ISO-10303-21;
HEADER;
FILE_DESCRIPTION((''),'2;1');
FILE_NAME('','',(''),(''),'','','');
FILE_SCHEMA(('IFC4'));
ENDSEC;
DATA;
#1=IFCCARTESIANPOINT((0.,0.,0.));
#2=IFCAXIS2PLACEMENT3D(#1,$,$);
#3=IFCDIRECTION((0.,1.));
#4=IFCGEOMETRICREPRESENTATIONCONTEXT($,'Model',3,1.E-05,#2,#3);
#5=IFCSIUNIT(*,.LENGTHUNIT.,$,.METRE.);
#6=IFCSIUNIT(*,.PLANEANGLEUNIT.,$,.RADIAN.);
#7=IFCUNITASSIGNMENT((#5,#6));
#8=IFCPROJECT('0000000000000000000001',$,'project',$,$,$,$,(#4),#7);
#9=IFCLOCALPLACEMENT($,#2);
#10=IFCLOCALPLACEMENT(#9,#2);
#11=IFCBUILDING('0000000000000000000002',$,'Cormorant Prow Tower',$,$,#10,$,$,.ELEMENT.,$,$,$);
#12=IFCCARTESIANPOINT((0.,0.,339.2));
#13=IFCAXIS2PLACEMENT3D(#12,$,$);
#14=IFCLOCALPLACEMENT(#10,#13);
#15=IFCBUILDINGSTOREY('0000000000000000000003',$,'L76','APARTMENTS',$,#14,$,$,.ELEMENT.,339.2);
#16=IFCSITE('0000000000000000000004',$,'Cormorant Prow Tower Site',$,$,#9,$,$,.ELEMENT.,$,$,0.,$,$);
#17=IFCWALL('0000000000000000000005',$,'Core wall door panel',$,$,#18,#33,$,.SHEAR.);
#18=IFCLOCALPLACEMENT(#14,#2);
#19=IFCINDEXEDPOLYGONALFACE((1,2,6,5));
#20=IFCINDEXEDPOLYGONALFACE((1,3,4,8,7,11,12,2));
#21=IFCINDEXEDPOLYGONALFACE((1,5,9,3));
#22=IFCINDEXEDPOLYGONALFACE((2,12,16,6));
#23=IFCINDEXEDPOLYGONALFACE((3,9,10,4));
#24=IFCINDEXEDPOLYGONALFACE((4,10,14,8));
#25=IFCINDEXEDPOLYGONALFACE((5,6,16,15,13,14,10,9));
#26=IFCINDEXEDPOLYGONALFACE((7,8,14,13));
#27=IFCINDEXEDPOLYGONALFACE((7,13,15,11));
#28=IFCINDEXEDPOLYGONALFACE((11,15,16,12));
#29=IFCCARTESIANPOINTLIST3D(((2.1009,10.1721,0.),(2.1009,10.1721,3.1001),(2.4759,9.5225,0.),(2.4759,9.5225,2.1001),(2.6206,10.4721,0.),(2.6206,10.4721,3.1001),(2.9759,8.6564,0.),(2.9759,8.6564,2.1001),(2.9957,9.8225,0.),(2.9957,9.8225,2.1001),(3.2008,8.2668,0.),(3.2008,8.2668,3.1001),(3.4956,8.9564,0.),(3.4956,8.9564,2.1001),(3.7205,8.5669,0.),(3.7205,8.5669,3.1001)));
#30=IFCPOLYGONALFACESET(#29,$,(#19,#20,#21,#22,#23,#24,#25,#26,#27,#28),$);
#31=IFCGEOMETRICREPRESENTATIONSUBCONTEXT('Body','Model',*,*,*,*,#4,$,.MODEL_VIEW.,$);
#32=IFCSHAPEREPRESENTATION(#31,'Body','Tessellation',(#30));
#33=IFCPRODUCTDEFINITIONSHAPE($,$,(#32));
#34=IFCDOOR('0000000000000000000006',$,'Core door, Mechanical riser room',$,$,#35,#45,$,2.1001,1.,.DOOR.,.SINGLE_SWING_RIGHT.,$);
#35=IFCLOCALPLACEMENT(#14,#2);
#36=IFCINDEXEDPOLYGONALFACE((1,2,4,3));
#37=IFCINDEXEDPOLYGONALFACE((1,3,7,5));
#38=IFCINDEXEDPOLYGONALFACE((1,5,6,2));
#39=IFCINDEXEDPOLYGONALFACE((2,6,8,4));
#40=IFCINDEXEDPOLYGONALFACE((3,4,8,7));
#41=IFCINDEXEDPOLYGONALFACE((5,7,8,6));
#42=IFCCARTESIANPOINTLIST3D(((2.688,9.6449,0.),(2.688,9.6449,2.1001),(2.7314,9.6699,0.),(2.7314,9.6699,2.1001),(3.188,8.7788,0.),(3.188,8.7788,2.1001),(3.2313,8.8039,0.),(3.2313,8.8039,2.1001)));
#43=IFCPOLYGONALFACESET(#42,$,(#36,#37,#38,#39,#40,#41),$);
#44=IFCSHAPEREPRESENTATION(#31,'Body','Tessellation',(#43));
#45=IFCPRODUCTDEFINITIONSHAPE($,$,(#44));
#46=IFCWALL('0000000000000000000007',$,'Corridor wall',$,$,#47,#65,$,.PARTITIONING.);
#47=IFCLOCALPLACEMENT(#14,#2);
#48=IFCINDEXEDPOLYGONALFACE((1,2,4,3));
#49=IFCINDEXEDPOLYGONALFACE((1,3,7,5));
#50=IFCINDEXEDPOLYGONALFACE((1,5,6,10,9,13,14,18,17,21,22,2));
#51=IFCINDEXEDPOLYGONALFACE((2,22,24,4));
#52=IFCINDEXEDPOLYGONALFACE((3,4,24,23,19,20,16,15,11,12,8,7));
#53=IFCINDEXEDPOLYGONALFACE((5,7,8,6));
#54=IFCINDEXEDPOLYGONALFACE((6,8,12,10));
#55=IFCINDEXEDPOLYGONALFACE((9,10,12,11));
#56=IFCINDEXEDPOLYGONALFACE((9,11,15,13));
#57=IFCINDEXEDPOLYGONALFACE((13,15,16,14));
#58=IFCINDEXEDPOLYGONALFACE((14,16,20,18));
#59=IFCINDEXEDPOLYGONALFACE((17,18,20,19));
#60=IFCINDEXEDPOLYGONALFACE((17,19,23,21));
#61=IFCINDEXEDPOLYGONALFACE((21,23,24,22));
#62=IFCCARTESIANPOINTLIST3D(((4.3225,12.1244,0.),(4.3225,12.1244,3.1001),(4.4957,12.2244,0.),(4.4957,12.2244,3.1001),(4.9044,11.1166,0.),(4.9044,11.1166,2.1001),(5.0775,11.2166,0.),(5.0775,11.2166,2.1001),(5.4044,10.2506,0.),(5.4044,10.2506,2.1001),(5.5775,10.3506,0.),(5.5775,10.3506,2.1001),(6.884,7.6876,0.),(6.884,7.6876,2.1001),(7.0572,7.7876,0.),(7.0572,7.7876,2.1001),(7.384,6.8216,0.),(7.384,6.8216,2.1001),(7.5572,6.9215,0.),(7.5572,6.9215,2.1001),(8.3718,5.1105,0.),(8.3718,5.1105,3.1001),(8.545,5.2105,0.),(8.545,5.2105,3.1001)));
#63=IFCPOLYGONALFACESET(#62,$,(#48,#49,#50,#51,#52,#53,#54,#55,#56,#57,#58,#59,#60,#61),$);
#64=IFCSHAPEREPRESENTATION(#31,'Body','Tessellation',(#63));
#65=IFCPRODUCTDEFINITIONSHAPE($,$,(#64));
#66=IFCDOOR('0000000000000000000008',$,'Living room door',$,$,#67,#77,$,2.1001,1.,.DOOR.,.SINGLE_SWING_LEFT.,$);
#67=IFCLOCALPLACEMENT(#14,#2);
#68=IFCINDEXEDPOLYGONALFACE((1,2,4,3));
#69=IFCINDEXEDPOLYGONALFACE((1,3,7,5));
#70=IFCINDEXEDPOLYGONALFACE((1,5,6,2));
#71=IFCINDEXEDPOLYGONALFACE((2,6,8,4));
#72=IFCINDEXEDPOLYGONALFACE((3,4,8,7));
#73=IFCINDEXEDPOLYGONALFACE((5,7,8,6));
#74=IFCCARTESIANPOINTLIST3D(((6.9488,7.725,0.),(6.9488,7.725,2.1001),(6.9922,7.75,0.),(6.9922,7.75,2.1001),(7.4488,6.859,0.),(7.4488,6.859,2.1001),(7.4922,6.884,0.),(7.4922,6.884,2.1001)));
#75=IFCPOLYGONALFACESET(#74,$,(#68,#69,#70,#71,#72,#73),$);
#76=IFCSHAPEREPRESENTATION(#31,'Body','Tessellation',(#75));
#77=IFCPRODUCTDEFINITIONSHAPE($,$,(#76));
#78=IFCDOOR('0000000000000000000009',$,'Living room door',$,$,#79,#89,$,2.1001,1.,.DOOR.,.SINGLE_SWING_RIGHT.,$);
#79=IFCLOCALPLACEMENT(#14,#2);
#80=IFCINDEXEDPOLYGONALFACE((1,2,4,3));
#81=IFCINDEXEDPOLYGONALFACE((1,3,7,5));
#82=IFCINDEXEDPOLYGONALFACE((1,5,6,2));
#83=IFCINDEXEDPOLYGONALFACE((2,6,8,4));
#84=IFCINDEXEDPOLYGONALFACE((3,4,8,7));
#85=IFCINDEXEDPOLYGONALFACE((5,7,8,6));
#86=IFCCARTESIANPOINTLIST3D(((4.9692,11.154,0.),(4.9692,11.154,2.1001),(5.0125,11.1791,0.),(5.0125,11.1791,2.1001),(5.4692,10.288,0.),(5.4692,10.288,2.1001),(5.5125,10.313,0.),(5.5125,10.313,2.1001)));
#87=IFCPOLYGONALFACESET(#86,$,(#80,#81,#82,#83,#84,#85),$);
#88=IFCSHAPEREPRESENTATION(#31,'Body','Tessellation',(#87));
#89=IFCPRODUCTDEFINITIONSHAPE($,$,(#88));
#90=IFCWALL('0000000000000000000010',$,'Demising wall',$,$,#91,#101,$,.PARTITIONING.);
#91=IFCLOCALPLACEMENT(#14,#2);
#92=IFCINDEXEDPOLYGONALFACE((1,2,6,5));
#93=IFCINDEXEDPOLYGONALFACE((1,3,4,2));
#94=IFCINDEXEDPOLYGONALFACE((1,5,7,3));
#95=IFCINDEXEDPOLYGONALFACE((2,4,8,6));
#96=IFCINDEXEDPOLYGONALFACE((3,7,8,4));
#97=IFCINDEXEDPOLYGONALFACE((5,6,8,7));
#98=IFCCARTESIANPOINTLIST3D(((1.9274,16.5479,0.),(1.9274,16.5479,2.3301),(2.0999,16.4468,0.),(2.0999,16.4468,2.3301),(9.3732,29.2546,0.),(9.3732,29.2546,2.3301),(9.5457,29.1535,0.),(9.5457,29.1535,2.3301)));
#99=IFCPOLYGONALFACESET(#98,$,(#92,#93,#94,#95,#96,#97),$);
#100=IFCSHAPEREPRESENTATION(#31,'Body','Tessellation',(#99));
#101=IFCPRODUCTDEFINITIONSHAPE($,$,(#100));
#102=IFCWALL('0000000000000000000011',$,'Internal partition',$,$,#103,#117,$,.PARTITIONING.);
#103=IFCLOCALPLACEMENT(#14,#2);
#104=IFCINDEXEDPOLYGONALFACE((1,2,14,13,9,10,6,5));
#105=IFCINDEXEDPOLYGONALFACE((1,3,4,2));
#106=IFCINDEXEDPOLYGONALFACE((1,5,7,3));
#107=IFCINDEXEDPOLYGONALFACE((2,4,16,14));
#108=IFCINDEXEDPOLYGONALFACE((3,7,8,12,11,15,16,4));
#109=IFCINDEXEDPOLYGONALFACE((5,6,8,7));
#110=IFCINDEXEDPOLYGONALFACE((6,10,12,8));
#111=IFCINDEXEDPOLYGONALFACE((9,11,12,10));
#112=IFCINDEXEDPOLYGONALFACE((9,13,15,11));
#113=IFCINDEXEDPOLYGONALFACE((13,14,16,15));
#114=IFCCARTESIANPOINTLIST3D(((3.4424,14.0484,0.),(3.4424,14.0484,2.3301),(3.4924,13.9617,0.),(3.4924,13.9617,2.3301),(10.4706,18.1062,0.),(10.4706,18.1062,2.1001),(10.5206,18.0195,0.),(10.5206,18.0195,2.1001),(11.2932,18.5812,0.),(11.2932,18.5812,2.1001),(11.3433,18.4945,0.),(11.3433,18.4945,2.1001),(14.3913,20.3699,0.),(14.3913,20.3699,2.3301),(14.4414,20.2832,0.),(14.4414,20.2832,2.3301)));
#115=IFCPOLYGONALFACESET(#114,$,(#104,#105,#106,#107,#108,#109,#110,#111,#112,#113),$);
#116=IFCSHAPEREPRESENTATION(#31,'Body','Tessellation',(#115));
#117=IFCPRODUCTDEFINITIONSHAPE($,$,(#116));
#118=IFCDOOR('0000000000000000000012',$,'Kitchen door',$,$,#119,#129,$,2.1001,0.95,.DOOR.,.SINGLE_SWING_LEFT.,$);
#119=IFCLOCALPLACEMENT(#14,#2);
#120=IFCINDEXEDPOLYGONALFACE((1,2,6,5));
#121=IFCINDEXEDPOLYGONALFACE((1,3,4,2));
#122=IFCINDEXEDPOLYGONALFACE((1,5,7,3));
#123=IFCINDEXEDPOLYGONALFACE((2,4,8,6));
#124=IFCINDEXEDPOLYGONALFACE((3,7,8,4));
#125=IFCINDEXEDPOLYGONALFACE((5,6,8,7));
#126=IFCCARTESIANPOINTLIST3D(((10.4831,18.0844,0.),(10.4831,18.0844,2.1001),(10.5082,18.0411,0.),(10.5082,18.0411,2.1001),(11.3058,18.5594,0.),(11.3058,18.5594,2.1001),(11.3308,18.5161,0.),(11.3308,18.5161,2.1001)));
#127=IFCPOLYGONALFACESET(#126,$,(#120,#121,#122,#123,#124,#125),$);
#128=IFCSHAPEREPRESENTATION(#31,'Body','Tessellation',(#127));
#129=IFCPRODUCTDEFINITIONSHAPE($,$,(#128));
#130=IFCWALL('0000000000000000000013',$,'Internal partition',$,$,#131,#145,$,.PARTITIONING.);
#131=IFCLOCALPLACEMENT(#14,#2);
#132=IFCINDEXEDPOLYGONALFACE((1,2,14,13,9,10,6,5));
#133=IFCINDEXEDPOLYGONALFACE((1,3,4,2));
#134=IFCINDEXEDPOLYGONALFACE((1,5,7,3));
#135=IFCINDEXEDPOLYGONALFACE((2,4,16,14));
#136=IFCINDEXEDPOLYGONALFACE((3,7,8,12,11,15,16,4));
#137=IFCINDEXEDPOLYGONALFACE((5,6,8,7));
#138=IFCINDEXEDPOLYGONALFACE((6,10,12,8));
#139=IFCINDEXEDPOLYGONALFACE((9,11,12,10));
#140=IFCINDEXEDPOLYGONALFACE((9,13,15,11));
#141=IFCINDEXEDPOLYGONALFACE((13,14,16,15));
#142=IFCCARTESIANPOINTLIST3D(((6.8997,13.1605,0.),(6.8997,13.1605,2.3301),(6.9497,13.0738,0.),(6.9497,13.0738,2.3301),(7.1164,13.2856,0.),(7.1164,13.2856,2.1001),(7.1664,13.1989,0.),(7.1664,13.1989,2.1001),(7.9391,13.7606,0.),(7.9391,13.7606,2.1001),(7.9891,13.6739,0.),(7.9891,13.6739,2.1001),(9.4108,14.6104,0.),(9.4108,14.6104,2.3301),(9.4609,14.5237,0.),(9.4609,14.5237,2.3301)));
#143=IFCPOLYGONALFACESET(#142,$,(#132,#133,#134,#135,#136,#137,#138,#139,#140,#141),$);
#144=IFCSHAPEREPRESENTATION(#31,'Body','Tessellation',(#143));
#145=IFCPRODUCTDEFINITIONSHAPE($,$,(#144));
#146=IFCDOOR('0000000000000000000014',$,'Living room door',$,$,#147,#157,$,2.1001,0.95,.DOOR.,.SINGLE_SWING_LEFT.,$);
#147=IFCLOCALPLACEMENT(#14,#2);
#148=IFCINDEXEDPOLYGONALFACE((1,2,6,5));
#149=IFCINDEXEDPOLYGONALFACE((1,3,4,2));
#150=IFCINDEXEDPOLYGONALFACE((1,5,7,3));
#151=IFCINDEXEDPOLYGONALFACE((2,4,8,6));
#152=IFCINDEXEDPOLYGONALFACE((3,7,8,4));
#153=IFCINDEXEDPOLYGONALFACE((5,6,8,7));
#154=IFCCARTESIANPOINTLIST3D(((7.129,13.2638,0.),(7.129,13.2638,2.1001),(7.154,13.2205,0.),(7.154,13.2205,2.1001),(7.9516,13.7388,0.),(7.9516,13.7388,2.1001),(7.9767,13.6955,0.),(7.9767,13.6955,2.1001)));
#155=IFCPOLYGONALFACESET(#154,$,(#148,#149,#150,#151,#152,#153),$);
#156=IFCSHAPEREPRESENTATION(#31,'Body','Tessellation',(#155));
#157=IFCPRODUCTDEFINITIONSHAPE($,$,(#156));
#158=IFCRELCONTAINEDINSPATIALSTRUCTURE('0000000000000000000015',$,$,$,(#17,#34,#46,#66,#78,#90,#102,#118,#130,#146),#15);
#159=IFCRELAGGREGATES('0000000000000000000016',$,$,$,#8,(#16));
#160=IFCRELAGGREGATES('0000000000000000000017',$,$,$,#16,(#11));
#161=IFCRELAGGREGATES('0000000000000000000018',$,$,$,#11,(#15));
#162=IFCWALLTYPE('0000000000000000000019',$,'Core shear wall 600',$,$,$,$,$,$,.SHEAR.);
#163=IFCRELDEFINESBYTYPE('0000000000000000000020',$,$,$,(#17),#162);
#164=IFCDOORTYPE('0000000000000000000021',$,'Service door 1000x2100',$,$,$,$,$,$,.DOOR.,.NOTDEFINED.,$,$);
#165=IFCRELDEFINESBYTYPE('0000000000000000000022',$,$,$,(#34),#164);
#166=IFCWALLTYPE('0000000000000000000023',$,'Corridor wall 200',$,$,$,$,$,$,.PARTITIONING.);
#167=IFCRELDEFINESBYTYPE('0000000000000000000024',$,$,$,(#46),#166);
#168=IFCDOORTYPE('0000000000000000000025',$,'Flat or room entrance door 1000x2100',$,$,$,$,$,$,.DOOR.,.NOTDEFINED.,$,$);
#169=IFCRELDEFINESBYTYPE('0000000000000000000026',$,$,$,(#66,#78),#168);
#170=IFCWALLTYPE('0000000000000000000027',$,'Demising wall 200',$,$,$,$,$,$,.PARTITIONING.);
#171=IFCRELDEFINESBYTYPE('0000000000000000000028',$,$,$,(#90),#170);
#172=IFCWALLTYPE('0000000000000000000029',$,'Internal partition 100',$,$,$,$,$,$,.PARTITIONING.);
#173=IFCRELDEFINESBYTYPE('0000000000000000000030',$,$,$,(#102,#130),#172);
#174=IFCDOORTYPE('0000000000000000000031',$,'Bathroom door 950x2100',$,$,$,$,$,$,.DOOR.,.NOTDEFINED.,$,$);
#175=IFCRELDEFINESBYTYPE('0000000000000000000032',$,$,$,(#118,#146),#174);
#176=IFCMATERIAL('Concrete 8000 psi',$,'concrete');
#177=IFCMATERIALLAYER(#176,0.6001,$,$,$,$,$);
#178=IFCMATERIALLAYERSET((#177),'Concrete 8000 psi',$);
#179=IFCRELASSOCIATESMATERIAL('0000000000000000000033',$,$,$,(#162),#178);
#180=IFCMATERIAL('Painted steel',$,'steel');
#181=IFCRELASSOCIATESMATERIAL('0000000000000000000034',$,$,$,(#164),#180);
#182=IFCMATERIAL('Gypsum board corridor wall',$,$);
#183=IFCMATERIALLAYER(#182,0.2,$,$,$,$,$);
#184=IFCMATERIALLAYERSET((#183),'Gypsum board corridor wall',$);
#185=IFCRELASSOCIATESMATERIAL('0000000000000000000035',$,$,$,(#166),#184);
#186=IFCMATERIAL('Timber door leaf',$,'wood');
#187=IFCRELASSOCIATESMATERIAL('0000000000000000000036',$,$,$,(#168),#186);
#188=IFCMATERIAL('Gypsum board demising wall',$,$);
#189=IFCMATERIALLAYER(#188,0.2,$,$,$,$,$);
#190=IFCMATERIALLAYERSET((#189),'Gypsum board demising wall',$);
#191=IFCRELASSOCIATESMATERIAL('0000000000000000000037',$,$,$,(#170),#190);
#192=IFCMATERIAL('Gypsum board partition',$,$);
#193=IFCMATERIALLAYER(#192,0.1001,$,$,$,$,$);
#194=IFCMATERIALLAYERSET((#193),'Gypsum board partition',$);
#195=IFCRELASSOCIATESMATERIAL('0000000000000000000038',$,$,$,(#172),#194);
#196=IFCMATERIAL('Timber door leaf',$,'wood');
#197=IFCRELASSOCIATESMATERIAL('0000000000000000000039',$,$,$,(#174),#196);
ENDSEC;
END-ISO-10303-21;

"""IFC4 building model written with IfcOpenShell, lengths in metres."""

from ifc_helpers import new_model, si_unit, direction, frame, frame_2d, origin, place, context, subcontext, project, spatial, rectangle, extrude, material, layer, layer_set, type_object, element, fill, save


model = new_model("IFC4")

# Units and contexts
model_context = context("Model", 3, precision=1e-05, world=origin(), true_north=direction((0.0, 1.0)))
body_context = subcontext(model_context, "Body", "Model", "MODEL_VIEW")
ifc_project = project(units=[si_unit("LENGTHUNIT", "METRE"), si_unit("PLANEANGLEUNIT", "RADIAN")], contexts=[model_context])

# Site, building, storey
site_placement = place(None, origin())
site = spatial("IfcSite", under=ifc_project, at=site_placement, Name="Cormorant Prow Tower Site", CompositionType="ELEMENT", RefElevation=0.0)
building_placement = place(site_placement, origin())
building = spatial("IfcBuilding", under=site, at=building_placement, Name="Cormorant Prow Tower", CompositionType="ELEMENT")
storey_placement = place(building_placement, frame((0.0, 0.0, 339.2)))
storey = spatial("IfcBuildingStorey", under=building, at=storey_placement, Name="L76", Description="APARTMENTS", CompositionType="ELEMENT", Elevation=339.2)

# Shared definitions
ifc_material_1 = material(Name="Concrete 8000 psi", Category="concrete")
ifc_layer_1 = layer(ifc_material_1, 0.6001)
ifc_layer_set_1 = layer_set([ifc_layer_1], Name="Concrete 8000 psi")
wall_type_1 = type_object("IfcWallType", Name="Core shear wall 600", PredefinedType="SHEAR", material=ifc_layer_set_1)

# Wall, opening, door
wall_1_placement = place(storey_placement, frame((3.4607, 8.4167, 0.0), z_axis=(0.0, 0.0, 1.0), x_axis=(-0.499947, 0.866056, 0.0)))
wall_1 = element("IfcWall", 1, at=wall_1_placement, inside=storey, type_object=wall_type_1, Name="Core wall door panel", PredefinedType="SHEAR", context=body_context, shape_type="SweptSolid", body=[
    extrude(rectangle(XDim=2.2, YDim=0.6001, at=frame_2d((1.1001, 0.0))), origin(), (0.0, 0.0, 1.0), 3.1001),
])
opening_1_placement = place(wall_1_placement, frame((0.45, 0.0, 0.0)))
opening_1 = element("IfcOpeningElement", 2, at=opening_1_placement, cuts=wall_1, PredefinedType="OPENING", context=body_context, shape_type="SweptSolid", body=[
    extrude(rectangle(XDim=1.0, YDim=2.1001, at=frame_2d((0.5, 1.05))), frame((0.0, 0.3101, 0.0), z_axis=(0.0, -1.0, 0.0), x_axis=(1.0, 0.0, 0.0)), (0.0, 0.0, 1.0), 0.6201),
])
ifc_material_2 = material(Name="Painted steel", Category="steel")
door_type_1 = type_object("IfcDoorType", Name="Service door 1000x2100", OperationType="NOTDEFINED", PredefinedType="DOOR", material=ifc_material_2)
door_1_placement = place(opening_1_placement, origin())
door_1 = element("IfcDoor", 3, at=door_1_placement, inside=storey, type_object=door_type_1, Name="Core door, Mechanical riser room", OperationType="SINGLE_SWING_RIGHT", OverallHeight=2.1001, OverallWidth=1.0, PredefinedType="DOOR", context=body_context, shape_type="SweptSolid", body=[
    extrude(rectangle(XDim=1.0, YDim=2.1001, at=frame_2d((0.5, 1.05))), frame((0.0, 0.0552, 0.0), z_axis=(0.0, -1.0, 0.0), x_axis=(1.0, 0.0, 0.0)), (0.0, 0.0, 1.0), 0.05),
])
fill(opening_1, door_1)

# Wall, openings, doors
ifc_material_3 = material(Name="Gypsum board corridor wall")
ifc_layer_2 = layer(ifc_material_3, 0.2)
ifc_layer_set_2 = layer_set([ifc_layer_2], Name="Gypsum board corridor wall")
wall_type_2 = type_object("IfcWallType", Name="Corridor wall 200", PredefinedType="PARTITIONING", material=ifc_layer_set_2)
wall_2_placement = place(storey_placement, frame((4.4092, 12.1743, 0.0), z_axis=(0.0, 0.0, 1.0), x_axis=(0.499984, -0.866034, 0.0)))
wall_2 = element("IfcWall", 4, at=wall_2_placement, inside=storey, type_object=wall_type_2, Name="Corridor wall", PredefinedType="PARTITIONING", context=body_context, shape_type="SweptSolid", body=[
    extrude(rectangle(XDim=8.0989, YDim=0.2, at=frame_2d((4.0493, 0.0))), origin(), (0.0, 0.0, 1.0), 3.1001),
])
opening_2_placement = place(wall_2_placement, frame((5.123, 0.0, 0.0)))
opening_2 = element("IfcOpeningElement", 5, at=opening_2_placement, cuts=wall_2, PredefinedType="OPENING", context=body_context, shape_type="SweptSolid", body=[
    extrude(rectangle(XDim=1.0, YDim=2.1001, at=frame_2d((0.5, 1.05))), frame((0.0, 0.1099, 0.0), z_axis=(0.0, -1.0, 0.0), x_axis=(1.0, 0.0, 0.0)), (0.0, 0.0, 1.0), 0.22),
])
opening_3_placement = place(wall_2_placement, frame((1.1636, 0.0, 0.0)))
opening_3 = element("IfcOpeningElement", 6, at=opening_3_placement, cuts=wall_2, PredefinedType="OPENING", context=body_context, shape_type="SweptSolid", body=[
    extrude(rectangle(XDim=1.0, YDim=2.1001, at=frame_2d((0.5, 1.05))), frame((0.0, 0.1099, 0.0), z_axis=(0.0, -1.0, 0.0), x_axis=(1.0, 0.0, 0.0)), (0.0, 0.0, 1.0), 0.22),
])
ifc_material_4 = material(Name="Timber door leaf", Category="wood")
door_type_2 = type_object("IfcDoorType", Name="Flat or room entrance door 1000x2100", OperationType="NOTDEFINED", PredefinedType="DOOR", material=ifc_material_4)
door_2_placement = place(opening_2_placement, origin())
door_2 = element("IfcDoor", 7, at=door_2_placement, inside=storey, type_object=door_type_2, Name="Living room door", OperationType="SINGLE_SWING_LEFT", OverallHeight=2.1001, OverallWidth=1.0, PredefinedType="DOOR", context=body_context, shape_type="SweptSolid", body=[
    extrude(rectangle(XDim=1.0, YDim=2.1001, at=frame_2d((0.5, 1.05))), frame((0.0, 0.0249, 0.0), z_axis=(0.0, -1.0, 0.0), x_axis=(1.0, 0.0, 0.0)), (0.0, 0.0, 1.0), 0.05),
])
fill(opening_2, door_2)
door_3_placement = place(opening_3_placement, origin())
door_3 = element("IfcDoor", 8, at=door_3_placement, inside=storey, type_object=door_type_2, Name="Living room door", OperationType="SINGLE_SWING_RIGHT", OverallHeight=2.1001, OverallWidth=1.0, PredefinedType="DOOR", context=body_context, shape_type="SweptSolid", body=[
    extrude(rectangle(XDim=1.0, YDim=2.1001, at=frame_2d((0.5, 1.05))), frame((0.0, 0.0249, 0.0), z_axis=(0.0, -1.0, 0.0), x_axis=(1.0, 0.0, 0.0)), (0.0, 0.0, 1.0), 0.05),
])
fill(opening_3, door_3)

# Wall
ifc_material_5 = material(Name="Gypsum board demising wall")
ifc_layer_3 = layer(ifc_material_5, 0.2)
ifc_layer_set_3 = layer_set([ifc_layer_3], Name="Gypsum board demising wall")
wall_type_3 = type_object("IfcWallType", Name="Demising wall 200", PredefinedType="PARTITIONING", material=ifc_layer_set_3)
wall_3_placement = place(storey_placement, frame((2.0137, 16.4973, 0.0), z_axis=(0.0, 0.0, 1.0), x_axis=(0.505568, 0.862787, 0.0)))
element("IfcWall", 9, at=wall_3_placement, inside=storey, type_object=wall_type_3, Name="Demising wall", PredefinedType="PARTITIONING", context=body_context, shape_type="SweptSolid", body=[
    extrude(rectangle(XDim=14.7275, YDim=0.2, at=frame_2d((7.3638, 0.0))), origin(), (0.0, 0.0, 1.0), 2.3301),
])

# Walls, openings, doors
ifc_material_6 = material(Name="Gypsum board partition")
ifc_layer_4 = layer(ifc_material_6, 0.1001)
ifc_layer_set_4 = layer_set([ifc_layer_4], Name="Gypsum board partition")
wall_type_4 = type_object("IfcWallType", Name="Internal partition 100", PredefinedType="PARTITIONING", material=ifc_layer_set_4)
wall_4_placement = place(storey_placement, frame((3.4675, 14.0051, 0.0), z_axis=(0.0, 0.0, 1.0), x_axis=(0.866021, 0.500008, 0.0)))
wall_4 = element("IfcWall", 10, at=wall_4_placement, inside=storey, type_object=wall_type_4, Name="Internal partition", PredefinedType="PARTITIONING", context=body_context, shape_type="SweptSolid", body=[
    extrude(rectangle(XDim=12.6428, YDim=0.1001, at=frame_2d((6.3213, 0.0))), origin(), (0.0, 0.0, 1.0), 2.3301),
])
opening_4_placement = place(wall_4_placement, frame((8.1152, 0.0, 0.0)))
opening_4 = element("IfcOpeningElement", 11, at=opening_4_placement, cuts=wall_4, PredefinedType="OPENING", context=body_context, shape_type="SweptSolid", body=[
    extrude(rectangle(XDim=0.95, YDim=2.1001, at=frame_2d((0.4751, 1.05))), frame((0.0, 0.0601, 0.0), z_axis=(0.0, -1.0, 0.0), x_axis=(1.0, 0.0, 0.0)), (0.0, 0.0, 1.0), 0.1201),
])
ifc_material_7 = material(Name="Timber door leaf", Category="wood")
door_type_3 = type_object("IfcDoorType", Name="Bathroom door 950x2100", OperationType="NOTDEFINED", PredefinedType="DOOR", material=ifc_material_7)
door_4_placement = place(opening_4_placement, origin())
door_4 = element("IfcDoor", 12, at=door_4_placement, inside=storey, type_object=door_type_3, Name="Kitchen door", OperationType="SINGLE_SWING_LEFT", OverallHeight=2.1001, OverallWidth=0.95, PredefinedType="DOOR", context=body_context, shape_type="SweptSolid", body=[
    extrude(rectangle(XDim=0.95, YDim=2.1001, at=frame_2d((0.4751, 1.05))), frame((0.0, 0.0249, 0.0), z_axis=(0.0, -1.0, 0.0), x_axis=(1.0, 0.0, 0.0)), (0.0, 0.0, 1.0), 0.05),
])
fill(opening_4, door_4)
wall_5_placement = place(storey_placement, frame((6.9248, 13.1172, 0.0), z_axis=(0.0, 0.0, 1.0), x_axis=(0.866012, 0.500024, 0.0)))
wall_5 = element("IfcWall", 13, at=wall_5_placement, inside=storey, type_object=wall_type_4, Name="Internal partition", PredefinedType="PARTITIONING", context=body_context, shape_type="SweptSolid", body=[
    extrude(rectangle(XDim=2.8997, YDim=0.1001, at=frame_2d((1.4497, 0.0))), origin(), (0.0, 0.0, 1.0), 2.3301),
])
opening_5_placement = place(wall_5_placement, frame((0.25, 0.0, 0.0)))
opening_5 = element("IfcOpeningElement", 14, at=opening_5_placement, cuts=wall_5, PredefinedType="OPENING", context=body_context, shape_type="SweptSolid", body=[
    extrude(rectangle(XDim=0.95, YDim=2.1001, at=frame_2d((0.4751, 1.05))), frame((0.0, 0.0601, 0.0), z_axis=(0.0, -1.0, 0.0), x_axis=(1.0, 0.0, 0.0)), (0.0, 0.0, 1.0), 0.1201),
])
door_5_placement = place(opening_5_placement, origin())
door_5 = element("IfcDoor", 15, at=door_5_placement, inside=storey, type_object=door_type_3, Name="Living room door", OperationType="SINGLE_SWING_LEFT", OverallHeight=2.1001, OverallWidth=0.95, PredefinedType="DOOR", context=body_context, shape_type="SweptSolid", body=[
    extrude(rectangle(XDim=0.95, YDim=2.1001, at=frame_2d((0.4751, 1.05))), frame((0.0, 0.0249, 0.0), z_axis=(0.0, -1.0, 0.0), x_axis=(1.0, 0.0, 0.0)), (0.0, 0.0, 1.0), 0.05),
])
fill(opening_5, door_5)

save(model, "model.ifc")
